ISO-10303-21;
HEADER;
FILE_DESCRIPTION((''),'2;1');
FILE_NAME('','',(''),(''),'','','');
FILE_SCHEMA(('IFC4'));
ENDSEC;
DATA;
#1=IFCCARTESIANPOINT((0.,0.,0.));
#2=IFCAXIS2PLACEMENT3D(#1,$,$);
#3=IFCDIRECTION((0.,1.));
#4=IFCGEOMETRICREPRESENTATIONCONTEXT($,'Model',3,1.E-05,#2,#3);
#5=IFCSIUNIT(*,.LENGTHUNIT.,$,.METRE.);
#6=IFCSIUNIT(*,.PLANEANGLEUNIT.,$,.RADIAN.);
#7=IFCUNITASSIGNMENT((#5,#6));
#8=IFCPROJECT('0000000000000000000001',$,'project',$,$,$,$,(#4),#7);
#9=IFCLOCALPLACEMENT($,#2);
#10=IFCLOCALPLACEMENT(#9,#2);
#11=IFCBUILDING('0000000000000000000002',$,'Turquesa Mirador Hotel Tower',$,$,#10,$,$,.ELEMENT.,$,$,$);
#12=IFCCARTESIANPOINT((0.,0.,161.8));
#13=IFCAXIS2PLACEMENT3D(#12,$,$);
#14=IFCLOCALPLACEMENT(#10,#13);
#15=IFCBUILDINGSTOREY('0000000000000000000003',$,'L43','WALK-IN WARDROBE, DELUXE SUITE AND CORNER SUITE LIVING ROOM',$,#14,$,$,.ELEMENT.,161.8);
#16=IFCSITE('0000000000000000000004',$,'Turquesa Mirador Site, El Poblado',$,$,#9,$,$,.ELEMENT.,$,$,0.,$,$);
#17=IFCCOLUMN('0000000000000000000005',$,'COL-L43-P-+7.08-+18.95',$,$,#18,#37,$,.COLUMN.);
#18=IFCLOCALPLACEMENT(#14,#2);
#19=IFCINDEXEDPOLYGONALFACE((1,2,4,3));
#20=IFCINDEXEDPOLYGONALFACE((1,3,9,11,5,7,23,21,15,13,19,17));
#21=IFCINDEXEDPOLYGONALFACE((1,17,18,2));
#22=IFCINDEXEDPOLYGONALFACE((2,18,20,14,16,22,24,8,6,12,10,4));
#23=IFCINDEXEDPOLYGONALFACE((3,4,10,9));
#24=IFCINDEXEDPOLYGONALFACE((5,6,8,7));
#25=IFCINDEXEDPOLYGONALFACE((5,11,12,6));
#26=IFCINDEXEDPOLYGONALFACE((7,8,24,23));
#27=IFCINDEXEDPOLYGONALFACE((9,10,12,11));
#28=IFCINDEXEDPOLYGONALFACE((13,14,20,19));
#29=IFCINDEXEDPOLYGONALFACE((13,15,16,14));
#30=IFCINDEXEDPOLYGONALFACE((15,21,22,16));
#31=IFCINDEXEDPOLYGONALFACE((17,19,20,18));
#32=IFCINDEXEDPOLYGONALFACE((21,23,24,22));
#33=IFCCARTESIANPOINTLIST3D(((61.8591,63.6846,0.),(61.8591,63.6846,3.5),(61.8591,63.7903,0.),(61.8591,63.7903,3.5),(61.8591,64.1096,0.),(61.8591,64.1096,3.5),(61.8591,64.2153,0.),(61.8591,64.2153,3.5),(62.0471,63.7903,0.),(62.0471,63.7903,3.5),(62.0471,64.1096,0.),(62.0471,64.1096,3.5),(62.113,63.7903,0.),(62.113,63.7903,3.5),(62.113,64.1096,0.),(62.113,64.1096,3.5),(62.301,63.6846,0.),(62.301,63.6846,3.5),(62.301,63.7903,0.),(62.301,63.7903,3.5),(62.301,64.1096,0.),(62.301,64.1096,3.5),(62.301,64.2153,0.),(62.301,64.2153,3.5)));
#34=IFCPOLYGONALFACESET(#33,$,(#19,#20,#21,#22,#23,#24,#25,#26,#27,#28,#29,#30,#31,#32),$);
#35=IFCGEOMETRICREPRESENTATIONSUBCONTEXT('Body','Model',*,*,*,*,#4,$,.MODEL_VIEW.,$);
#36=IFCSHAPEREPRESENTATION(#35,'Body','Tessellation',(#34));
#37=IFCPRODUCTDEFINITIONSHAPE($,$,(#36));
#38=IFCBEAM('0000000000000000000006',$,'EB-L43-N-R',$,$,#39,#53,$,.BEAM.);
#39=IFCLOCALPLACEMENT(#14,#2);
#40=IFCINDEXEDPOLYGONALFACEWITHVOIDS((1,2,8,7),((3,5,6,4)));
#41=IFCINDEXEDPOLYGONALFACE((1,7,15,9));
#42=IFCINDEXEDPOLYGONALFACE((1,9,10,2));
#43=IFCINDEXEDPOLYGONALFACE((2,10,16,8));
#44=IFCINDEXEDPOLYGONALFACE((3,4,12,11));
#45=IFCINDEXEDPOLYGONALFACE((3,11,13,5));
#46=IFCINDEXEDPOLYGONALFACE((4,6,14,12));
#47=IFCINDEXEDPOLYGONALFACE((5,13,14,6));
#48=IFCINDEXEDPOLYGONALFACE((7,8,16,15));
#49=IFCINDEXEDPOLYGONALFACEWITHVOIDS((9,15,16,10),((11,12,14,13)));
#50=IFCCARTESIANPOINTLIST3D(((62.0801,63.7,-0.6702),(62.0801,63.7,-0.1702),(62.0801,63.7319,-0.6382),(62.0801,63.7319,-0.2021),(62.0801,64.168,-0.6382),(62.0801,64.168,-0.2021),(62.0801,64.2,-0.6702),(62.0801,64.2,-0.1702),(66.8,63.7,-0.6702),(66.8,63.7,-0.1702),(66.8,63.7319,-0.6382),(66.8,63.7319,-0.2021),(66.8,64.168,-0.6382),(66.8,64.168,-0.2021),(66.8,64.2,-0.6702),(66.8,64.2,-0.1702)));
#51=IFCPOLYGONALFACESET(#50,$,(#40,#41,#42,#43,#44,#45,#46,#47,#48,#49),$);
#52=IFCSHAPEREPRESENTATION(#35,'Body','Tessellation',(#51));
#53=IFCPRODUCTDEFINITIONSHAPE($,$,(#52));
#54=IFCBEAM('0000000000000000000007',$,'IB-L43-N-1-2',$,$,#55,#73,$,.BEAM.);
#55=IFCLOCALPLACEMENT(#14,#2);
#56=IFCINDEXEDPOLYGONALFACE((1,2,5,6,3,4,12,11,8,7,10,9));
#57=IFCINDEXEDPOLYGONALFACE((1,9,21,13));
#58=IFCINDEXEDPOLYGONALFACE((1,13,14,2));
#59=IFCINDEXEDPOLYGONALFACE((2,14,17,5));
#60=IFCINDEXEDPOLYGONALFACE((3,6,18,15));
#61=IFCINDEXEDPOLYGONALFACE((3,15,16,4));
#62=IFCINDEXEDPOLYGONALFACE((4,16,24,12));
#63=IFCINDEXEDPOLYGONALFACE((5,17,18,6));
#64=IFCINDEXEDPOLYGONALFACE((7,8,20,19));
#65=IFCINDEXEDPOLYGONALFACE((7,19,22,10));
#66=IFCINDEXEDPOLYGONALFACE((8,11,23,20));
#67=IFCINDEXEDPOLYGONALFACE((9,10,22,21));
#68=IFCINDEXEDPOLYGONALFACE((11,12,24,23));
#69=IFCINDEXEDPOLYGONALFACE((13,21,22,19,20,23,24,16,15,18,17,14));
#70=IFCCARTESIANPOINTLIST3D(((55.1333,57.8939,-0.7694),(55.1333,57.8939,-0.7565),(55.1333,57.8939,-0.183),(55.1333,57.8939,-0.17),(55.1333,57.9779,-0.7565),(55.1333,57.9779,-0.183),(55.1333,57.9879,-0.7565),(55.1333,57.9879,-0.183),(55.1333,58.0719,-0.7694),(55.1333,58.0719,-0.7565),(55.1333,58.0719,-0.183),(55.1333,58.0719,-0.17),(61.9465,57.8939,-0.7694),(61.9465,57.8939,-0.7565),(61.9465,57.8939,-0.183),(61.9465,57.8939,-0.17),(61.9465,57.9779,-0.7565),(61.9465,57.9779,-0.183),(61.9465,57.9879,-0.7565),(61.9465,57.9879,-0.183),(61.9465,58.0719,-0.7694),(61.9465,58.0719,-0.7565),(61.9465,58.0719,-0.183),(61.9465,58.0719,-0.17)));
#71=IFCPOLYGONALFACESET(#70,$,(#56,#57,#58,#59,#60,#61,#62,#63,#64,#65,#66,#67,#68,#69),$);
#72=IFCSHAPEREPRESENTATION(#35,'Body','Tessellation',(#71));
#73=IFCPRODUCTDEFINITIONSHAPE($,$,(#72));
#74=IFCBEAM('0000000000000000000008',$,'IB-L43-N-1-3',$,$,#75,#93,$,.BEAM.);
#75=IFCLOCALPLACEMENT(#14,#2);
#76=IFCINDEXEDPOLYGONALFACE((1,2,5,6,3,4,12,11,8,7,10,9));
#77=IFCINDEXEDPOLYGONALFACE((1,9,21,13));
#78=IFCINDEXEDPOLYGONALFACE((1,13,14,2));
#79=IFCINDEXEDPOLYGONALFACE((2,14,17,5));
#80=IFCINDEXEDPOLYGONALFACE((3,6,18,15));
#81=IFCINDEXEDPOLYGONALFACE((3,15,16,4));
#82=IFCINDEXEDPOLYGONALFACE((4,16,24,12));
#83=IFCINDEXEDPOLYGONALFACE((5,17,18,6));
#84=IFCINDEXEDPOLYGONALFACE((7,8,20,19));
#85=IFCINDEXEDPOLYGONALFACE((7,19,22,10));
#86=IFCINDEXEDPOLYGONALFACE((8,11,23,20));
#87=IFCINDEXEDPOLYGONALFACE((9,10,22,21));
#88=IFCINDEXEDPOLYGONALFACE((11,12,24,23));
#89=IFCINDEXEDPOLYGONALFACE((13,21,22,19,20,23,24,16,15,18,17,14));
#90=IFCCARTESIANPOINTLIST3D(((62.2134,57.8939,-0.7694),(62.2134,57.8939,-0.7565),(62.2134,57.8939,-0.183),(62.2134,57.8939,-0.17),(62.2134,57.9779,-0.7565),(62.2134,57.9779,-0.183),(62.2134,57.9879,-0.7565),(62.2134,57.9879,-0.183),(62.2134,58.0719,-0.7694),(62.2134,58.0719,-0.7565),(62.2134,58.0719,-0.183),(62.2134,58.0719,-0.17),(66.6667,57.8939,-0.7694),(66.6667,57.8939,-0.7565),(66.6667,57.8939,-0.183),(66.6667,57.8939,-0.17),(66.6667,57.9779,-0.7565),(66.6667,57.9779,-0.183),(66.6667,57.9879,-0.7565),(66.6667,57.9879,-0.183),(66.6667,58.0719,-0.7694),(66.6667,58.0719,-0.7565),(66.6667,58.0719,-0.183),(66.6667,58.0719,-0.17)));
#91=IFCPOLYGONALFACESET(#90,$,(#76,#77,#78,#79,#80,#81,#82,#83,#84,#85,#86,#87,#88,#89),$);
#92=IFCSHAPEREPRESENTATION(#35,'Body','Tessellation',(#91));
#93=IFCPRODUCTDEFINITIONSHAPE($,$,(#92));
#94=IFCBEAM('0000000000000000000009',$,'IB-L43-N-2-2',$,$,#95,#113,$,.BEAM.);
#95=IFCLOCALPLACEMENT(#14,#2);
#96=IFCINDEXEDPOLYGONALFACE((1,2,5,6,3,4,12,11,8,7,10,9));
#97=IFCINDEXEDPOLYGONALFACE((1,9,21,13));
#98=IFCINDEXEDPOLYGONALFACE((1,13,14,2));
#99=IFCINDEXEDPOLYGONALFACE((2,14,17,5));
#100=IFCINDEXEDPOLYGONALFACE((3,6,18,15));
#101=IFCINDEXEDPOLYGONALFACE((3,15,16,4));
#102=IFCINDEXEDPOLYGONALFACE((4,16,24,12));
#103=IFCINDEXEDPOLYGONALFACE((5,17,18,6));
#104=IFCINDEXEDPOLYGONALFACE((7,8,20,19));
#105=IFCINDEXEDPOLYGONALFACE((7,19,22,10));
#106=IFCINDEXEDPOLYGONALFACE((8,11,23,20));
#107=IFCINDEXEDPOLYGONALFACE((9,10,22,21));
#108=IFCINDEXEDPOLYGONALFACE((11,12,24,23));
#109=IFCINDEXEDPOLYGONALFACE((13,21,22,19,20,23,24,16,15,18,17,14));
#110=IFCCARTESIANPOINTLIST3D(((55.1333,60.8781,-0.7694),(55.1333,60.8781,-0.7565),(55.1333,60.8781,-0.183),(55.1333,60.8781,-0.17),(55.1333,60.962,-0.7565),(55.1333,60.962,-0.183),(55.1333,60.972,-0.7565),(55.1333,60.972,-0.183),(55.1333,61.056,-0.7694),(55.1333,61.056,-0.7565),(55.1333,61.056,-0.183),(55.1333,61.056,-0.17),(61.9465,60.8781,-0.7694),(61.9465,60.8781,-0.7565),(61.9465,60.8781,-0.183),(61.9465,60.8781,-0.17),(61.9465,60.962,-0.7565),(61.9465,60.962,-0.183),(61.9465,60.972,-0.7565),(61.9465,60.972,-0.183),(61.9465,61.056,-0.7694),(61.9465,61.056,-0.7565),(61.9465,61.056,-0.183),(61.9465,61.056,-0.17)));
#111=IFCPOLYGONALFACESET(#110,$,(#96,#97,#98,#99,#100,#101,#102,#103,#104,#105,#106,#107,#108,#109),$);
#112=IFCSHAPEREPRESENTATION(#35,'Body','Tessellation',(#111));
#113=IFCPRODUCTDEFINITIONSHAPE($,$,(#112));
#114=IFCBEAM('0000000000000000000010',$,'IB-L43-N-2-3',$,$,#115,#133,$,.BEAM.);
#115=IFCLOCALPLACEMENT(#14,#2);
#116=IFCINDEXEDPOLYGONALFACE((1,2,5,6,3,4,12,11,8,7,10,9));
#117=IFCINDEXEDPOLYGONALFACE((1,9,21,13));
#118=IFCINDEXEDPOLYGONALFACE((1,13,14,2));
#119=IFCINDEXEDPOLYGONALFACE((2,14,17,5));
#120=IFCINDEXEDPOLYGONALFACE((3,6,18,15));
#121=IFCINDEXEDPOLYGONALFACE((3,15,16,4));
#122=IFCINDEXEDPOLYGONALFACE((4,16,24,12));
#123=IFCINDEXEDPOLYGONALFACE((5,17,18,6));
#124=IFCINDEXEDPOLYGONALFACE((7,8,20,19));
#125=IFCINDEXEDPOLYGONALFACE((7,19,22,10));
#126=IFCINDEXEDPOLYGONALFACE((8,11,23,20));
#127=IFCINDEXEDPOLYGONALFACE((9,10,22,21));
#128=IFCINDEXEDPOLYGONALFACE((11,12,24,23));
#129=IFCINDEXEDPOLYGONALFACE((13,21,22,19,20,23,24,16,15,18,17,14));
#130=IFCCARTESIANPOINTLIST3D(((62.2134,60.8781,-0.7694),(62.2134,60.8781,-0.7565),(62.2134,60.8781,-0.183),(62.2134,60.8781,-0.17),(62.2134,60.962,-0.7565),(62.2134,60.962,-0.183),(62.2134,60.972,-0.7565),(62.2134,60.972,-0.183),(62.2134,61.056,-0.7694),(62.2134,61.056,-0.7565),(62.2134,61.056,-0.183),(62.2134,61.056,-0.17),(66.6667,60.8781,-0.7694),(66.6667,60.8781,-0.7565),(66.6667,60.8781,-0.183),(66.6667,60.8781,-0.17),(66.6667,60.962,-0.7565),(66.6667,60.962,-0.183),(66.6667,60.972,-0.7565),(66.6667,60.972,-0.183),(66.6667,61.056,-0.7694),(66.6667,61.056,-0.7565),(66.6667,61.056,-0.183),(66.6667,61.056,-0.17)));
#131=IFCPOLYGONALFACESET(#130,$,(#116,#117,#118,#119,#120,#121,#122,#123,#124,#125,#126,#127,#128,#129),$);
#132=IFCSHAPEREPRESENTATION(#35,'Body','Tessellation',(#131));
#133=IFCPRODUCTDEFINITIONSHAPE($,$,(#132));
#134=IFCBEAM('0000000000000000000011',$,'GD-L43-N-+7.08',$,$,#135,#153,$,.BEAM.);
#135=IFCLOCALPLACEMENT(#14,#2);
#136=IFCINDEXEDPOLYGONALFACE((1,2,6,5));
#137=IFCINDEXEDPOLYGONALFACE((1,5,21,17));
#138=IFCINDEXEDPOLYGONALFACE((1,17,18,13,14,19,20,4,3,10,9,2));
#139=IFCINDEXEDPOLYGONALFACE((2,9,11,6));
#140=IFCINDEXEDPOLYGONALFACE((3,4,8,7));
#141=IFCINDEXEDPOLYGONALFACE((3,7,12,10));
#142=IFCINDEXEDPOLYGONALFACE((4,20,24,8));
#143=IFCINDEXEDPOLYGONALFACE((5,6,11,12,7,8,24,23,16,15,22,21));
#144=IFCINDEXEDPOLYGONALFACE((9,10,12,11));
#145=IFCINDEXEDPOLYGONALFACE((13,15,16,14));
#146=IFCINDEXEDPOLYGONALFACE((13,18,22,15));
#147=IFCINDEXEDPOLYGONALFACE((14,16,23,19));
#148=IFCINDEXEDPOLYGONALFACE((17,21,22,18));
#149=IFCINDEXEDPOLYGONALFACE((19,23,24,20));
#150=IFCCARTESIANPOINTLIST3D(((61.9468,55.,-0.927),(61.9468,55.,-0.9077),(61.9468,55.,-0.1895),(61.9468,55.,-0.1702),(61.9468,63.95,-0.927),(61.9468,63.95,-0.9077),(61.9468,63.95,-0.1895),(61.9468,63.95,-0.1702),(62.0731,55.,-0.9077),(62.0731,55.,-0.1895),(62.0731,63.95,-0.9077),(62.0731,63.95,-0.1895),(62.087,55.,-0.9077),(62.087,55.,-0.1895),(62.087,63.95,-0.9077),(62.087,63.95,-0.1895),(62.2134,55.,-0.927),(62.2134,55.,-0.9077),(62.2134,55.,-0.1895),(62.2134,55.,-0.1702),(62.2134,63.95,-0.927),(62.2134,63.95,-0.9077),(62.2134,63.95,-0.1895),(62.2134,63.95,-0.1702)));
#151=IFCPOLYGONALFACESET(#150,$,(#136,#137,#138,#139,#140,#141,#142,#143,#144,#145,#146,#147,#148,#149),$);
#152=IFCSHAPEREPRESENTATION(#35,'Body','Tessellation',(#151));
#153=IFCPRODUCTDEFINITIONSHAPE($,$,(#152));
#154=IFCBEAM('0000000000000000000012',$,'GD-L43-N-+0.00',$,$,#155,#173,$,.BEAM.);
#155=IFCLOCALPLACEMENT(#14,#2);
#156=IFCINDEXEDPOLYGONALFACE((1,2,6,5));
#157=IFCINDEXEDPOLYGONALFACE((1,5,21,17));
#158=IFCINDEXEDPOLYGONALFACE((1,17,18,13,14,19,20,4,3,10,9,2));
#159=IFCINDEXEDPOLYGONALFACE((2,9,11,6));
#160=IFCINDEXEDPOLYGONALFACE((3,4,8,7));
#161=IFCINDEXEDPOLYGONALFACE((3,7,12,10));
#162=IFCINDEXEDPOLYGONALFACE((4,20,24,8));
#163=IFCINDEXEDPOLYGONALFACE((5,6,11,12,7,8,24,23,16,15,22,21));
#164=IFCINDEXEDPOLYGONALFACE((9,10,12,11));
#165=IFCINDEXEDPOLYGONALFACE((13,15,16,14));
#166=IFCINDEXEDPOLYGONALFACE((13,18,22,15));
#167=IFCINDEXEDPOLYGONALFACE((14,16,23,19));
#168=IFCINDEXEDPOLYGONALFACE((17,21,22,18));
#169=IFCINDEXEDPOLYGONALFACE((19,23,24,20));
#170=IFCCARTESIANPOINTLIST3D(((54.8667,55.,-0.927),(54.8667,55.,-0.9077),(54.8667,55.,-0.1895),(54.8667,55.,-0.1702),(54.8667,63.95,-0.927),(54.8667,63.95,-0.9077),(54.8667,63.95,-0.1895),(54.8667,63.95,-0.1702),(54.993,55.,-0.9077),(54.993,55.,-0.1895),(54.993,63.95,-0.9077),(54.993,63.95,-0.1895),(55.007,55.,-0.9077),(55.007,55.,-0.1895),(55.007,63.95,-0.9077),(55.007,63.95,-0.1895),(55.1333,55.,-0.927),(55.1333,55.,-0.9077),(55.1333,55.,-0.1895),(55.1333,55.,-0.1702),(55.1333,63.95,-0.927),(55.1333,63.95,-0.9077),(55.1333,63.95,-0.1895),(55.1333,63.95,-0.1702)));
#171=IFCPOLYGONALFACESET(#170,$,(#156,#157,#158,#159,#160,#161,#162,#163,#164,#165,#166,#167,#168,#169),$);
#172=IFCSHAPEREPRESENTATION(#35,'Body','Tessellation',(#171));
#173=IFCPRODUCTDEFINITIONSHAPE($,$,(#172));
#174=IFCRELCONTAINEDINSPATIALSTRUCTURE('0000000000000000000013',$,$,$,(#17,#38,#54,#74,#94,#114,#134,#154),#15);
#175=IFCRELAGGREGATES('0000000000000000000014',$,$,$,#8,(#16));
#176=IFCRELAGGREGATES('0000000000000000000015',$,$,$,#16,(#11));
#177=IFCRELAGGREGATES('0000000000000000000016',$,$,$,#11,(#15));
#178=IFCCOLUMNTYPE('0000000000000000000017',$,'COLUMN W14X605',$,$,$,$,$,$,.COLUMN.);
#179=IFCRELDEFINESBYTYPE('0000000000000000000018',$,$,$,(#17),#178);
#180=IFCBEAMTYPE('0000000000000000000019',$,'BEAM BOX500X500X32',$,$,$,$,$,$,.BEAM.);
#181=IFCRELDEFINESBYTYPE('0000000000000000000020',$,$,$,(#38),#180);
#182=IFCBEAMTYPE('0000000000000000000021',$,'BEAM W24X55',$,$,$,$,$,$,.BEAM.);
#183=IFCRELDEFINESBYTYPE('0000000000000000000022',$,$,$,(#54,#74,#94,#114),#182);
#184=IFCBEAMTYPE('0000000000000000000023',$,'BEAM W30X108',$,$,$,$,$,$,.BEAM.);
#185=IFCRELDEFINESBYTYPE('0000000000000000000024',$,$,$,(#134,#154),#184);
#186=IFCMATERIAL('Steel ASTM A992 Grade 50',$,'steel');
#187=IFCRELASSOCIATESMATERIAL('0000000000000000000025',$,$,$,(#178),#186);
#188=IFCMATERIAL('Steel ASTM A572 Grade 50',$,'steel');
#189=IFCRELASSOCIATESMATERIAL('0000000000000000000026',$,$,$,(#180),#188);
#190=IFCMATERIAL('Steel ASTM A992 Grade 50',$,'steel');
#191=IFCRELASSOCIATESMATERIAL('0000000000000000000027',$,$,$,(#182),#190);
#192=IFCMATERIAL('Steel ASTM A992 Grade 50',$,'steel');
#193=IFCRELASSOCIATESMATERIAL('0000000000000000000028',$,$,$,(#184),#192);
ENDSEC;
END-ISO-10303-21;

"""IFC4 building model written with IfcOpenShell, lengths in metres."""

from ifc_helpers import new_model, si_unit, direction, frame, origin, origin_2d, place, context, subcontext, project, spatial, hollow_rectangle, i_section, extrude, material, material_profile, profile_set, type_object, element, save


model = new_model("IFC4")

# Units and contexts
model_context = context("Model", 3, precision=1e-05, world=origin(), true_north=direction((0.0, 1.0)))
body_context = subcontext(model_context, "Body", "Model", "MODEL_VIEW")
ifc_project = project(units=[si_unit("LENGTHUNIT", "METRE"), si_unit("PLANEANGLEUNIT", "RADIAN")], contexts=[model_context])

# Site, building, storey
site_placement = place(None, origin())
site = spatial("IfcSite", under=ifc_project, at=site_placement, Name="Turquesa Mirador Site, El Poblado", CompositionType="ELEMENT", RefElevation=0.0)
building_placement = place(site_placement, origin())
building = spatial("IfcBuilding", under=site, at=building_placement, Name="Turquesa Mirador Hotel Tower", CompositionType="ELEMENT")
storey_placement = place(building_placement, frame((0.0, 0.0, 161.8)))
storey = spatial("IfcBuildingStorey", under=building, at=storey_placement, Name="L43", Description="WALK-IN WARDROBE, DELUXE SUITE AND CORNER SUITE LIVING ROOM", CompositionType="ELEMENT", Elevation=161.8)

# Column
ifc_material_1 = material(Name="Steel ASTM A992 Grade 50", Category="steel")
ifc_material_profile_1 = material_profile(ifc_material_1, i_section(OverallWidth=0.4419, OverallDepth=0.5308, WebThickness=0.0659, FlangeThickness=0.1057, at=origin_2d()), Name="W14X605")
ifc_profile_set_1 = profile_set([ifc_material_profile_1], Name="Steel ASTM A992 Grade 50")
column_type = type_object("IfcColumnType", Name="COLUMN W14X605", PredefinedType="COLUMN", material=ifc_profile_set_1)
column_placement = place(storey_placement, frame((62.0801, 63.95, 0.0), z_axis=(0.0, 0.0, 1.0), x_axis=(1.0, 0.0, 0.0)))
element("IfcColumn", 1, at=column_placement, inside=storey, type_object=column_type, Name="COL-L43-P-+7.08-+18.95", PredefinedType="COLUMN", context=body_context, shape_type="SweptSolid", body=[
    extrude(i_section(OverallWidth=0.4419, OverallDepth=0.5308, WebThickness=0.0659, FlangeThickness=0.1057, at=origin_2d()), origin(), (0.0, 0.0, 1.0), 3.5),
])

# Beams
ifc_material_2 = material(Name="Steel ASTM A572 Grade 50", Category="steel")
ifc_material_profile_2 = material_profile(ifc_material_2, hollow_rectangle(XDim=0.5, YDim=0.5, WallThickness=0.032, at=origin_2d()), Name="BOX500X500X32")
ifc_profile_set_2 = profile_set([ifc_material_profile_2], Name="Steel ASTM A572 Grade 50")
beam_type_1 = type_object("IfcBeamType", Name="BEAM BOX500X500X32", PredefinedType="BEAM", material=ifc_profile_set_2)
beam_1_placement = place(storey_placement, frame((62.0801, 63.95, -0.4202), z_axis=(1.0, 0.0, 0.0), x_axis=(0.0, 1.0, 0.0)))
element("IfcBeam", 2, at=beam_1_placement, inside=storey, type_object=beam_type_1, Name="EB-L43-N-R", PredefinedType="BEAM", context=body_context, shape_type="SweptSolid", body=[
    extrude(hollow_rectangle(XDim=0.5, YDim=0.5, WallThickness=0.032, at=origin_2d()), origin(), (0.0, 0.0, 1.0), 4.72),
])
ifc_material_3 = material(Name="Steel ASTM A992 Grade 50", Category="steel")
ifc_material_profile_3 = material_profile(ifc_material_3, i_section(OverallWidth=0.178, OverallDepth=0.5994, WebThickness=0.01, FlangeThickness=0.0129, at=origin_2d()), Name="W24X55")
ifc_profile_set_3 = profile_set([ifc_material_profile_3], Name="Steel ASTM A992 Grade 50")
beam_type_2 = type_object("IfcBeamType", Name="BEAM W24X55", PredefinedType="BEAM", material=ifc_profile_set_3)
beam_2_placement = place(storey_placement, frame((55.1333, 57.9829, -0.4697), z_axis=(1.0, 0.0, 0.0), x_axis=(0.0, 1.0, 0.0)))
element("IfcBeam", 3, at=beam_2_placement, inside=storey, type_object=beam_type_2, Name="IB-L43-N-1-2", PredefinedType="BEAM", context=body_context, shape_type="SweptSolid", body=[
    extrude(i_section(OverallWidth=0.178, OverallDepth=0.5994, WebThickness=0.01, FlangeThickness=0.0129, at=origin_2d()), origin(), (0.0, 0.0, 1.0), 6.8132),
])
beam_3_placement = place(storey_placement, frame((62.2134, 57.9829, -0.4697), z_axis=(1.0, 0.0, 0.0), x_axis=(0.0, 1.0, 0.0)))
element("IfcBeam", 4, at=beam_3_placement, inside=storey, type_object=beam_type_2, Name="IB-L43-N-1-3", PredefinedType="BEAM", context=body_context, shape_type="SweptSolid", body=[
    extrude(i_section(OverallWidth=0.178, OverallDepth=0.5994, WebThickness=0.01, FlangeThickness=0.0129, at=origin_2d()), origin(), (0.0, 0.0, 1.0), 4.4534),
])
beam_4_placement = place(storey_placement, frame((55.1333, 60.967, -0.4697), z_axis=(1.0, 0.0, 0.0), x_axis=(0.0, 1.0, 0.0)))
element("IfcBeam", 5, at=beam_4_placement, inside=storey, type_object=beam_type_2, Name="IB-L43-N-2-2", PredefinedType="BEAM", context=body_context, shape_type="SweptSolid", body=[
    extrude(i_section(OverallWidth=0.178, OverallDepth=0.5994, WebThickness=0.01, FlangeThickness=0.0129, at=origin_2d()), origin(), (0.0, 0.0, 1.0), 6.8132),
])
beam_5_placement = place(storey_placement, frame((62.2134, 60.967, -0.4697), z_axis=(1.0, 0.0, 0.0), x_axis=(0.0, 1.0, 0.0)))
element("IfcBeam", 6, at=beam_5_placement, inside=storey, type_object=beam_type_2, Name="IB-L43-N-2-3", PredefinedType="BEAM", context=body_context, shape_type="SweptSolid", body=[
    extrude(i_section(OverallWidth=0.178, OverallDepth=0.5994, WebThickness=0.01, FlangeThickness=0.0129, at=origin_2d()), origin(), (0.0, 0.0, 1.0), 4.4534),
])
ifc_material_4 = material(Name="Steel ASTM A992 Grade 50", Category="steel")
ifc_material_profile_4 = material_profile(ifc_material_4, i_section(OverallWidth=0.2666, OverallDepth=0.7568, WebThickness=0.0139, FlangeThickness=0.0193, at=origin_2d()), Name="W30X108")
ifc_profile_set_4 = profile_set([ifc_material_profile_4], Name="Steel ASTM A992 Grade 50")
beam_type_3 = type_object("IfcBeamType", Name="BEAM W30X108", PredefinedType="BEAM", material=ifc_profile_set_4)
for number, where, z_axis, x_axis, name in (
    (7, (62.0801, 63.95, -0.5486), (0.0, -1.0, 0.0), (1.0, 0.0, 0.0), "GD-L43-N-+7.08"),
    (8, (55.0, 63.95, -0.5486), (0.0, -1.0, 0.0), (1.0, 0.0, 0.0), "GD-L43-N-+0.00"),
):
    element("IfcBeam", number, at=place(storey_placement, frame(where, z_axis=z_axis, x_axis=x_axis)), inside=storey, type_object=beam_type_3, Name=name, PredefinedType="BEAM", context=body_context, shape_type="SweptSolid", body=[
        extrude(i_section(OverallWidth=0.2666, OverallDepth=0.7568, WebThickness=0.0139, FlangeThickness=0.0193, at=origin_2d()), origin(), (0.0, 0.0, 1.0), 8.95),
    ])

save(model, "model.ifc")
